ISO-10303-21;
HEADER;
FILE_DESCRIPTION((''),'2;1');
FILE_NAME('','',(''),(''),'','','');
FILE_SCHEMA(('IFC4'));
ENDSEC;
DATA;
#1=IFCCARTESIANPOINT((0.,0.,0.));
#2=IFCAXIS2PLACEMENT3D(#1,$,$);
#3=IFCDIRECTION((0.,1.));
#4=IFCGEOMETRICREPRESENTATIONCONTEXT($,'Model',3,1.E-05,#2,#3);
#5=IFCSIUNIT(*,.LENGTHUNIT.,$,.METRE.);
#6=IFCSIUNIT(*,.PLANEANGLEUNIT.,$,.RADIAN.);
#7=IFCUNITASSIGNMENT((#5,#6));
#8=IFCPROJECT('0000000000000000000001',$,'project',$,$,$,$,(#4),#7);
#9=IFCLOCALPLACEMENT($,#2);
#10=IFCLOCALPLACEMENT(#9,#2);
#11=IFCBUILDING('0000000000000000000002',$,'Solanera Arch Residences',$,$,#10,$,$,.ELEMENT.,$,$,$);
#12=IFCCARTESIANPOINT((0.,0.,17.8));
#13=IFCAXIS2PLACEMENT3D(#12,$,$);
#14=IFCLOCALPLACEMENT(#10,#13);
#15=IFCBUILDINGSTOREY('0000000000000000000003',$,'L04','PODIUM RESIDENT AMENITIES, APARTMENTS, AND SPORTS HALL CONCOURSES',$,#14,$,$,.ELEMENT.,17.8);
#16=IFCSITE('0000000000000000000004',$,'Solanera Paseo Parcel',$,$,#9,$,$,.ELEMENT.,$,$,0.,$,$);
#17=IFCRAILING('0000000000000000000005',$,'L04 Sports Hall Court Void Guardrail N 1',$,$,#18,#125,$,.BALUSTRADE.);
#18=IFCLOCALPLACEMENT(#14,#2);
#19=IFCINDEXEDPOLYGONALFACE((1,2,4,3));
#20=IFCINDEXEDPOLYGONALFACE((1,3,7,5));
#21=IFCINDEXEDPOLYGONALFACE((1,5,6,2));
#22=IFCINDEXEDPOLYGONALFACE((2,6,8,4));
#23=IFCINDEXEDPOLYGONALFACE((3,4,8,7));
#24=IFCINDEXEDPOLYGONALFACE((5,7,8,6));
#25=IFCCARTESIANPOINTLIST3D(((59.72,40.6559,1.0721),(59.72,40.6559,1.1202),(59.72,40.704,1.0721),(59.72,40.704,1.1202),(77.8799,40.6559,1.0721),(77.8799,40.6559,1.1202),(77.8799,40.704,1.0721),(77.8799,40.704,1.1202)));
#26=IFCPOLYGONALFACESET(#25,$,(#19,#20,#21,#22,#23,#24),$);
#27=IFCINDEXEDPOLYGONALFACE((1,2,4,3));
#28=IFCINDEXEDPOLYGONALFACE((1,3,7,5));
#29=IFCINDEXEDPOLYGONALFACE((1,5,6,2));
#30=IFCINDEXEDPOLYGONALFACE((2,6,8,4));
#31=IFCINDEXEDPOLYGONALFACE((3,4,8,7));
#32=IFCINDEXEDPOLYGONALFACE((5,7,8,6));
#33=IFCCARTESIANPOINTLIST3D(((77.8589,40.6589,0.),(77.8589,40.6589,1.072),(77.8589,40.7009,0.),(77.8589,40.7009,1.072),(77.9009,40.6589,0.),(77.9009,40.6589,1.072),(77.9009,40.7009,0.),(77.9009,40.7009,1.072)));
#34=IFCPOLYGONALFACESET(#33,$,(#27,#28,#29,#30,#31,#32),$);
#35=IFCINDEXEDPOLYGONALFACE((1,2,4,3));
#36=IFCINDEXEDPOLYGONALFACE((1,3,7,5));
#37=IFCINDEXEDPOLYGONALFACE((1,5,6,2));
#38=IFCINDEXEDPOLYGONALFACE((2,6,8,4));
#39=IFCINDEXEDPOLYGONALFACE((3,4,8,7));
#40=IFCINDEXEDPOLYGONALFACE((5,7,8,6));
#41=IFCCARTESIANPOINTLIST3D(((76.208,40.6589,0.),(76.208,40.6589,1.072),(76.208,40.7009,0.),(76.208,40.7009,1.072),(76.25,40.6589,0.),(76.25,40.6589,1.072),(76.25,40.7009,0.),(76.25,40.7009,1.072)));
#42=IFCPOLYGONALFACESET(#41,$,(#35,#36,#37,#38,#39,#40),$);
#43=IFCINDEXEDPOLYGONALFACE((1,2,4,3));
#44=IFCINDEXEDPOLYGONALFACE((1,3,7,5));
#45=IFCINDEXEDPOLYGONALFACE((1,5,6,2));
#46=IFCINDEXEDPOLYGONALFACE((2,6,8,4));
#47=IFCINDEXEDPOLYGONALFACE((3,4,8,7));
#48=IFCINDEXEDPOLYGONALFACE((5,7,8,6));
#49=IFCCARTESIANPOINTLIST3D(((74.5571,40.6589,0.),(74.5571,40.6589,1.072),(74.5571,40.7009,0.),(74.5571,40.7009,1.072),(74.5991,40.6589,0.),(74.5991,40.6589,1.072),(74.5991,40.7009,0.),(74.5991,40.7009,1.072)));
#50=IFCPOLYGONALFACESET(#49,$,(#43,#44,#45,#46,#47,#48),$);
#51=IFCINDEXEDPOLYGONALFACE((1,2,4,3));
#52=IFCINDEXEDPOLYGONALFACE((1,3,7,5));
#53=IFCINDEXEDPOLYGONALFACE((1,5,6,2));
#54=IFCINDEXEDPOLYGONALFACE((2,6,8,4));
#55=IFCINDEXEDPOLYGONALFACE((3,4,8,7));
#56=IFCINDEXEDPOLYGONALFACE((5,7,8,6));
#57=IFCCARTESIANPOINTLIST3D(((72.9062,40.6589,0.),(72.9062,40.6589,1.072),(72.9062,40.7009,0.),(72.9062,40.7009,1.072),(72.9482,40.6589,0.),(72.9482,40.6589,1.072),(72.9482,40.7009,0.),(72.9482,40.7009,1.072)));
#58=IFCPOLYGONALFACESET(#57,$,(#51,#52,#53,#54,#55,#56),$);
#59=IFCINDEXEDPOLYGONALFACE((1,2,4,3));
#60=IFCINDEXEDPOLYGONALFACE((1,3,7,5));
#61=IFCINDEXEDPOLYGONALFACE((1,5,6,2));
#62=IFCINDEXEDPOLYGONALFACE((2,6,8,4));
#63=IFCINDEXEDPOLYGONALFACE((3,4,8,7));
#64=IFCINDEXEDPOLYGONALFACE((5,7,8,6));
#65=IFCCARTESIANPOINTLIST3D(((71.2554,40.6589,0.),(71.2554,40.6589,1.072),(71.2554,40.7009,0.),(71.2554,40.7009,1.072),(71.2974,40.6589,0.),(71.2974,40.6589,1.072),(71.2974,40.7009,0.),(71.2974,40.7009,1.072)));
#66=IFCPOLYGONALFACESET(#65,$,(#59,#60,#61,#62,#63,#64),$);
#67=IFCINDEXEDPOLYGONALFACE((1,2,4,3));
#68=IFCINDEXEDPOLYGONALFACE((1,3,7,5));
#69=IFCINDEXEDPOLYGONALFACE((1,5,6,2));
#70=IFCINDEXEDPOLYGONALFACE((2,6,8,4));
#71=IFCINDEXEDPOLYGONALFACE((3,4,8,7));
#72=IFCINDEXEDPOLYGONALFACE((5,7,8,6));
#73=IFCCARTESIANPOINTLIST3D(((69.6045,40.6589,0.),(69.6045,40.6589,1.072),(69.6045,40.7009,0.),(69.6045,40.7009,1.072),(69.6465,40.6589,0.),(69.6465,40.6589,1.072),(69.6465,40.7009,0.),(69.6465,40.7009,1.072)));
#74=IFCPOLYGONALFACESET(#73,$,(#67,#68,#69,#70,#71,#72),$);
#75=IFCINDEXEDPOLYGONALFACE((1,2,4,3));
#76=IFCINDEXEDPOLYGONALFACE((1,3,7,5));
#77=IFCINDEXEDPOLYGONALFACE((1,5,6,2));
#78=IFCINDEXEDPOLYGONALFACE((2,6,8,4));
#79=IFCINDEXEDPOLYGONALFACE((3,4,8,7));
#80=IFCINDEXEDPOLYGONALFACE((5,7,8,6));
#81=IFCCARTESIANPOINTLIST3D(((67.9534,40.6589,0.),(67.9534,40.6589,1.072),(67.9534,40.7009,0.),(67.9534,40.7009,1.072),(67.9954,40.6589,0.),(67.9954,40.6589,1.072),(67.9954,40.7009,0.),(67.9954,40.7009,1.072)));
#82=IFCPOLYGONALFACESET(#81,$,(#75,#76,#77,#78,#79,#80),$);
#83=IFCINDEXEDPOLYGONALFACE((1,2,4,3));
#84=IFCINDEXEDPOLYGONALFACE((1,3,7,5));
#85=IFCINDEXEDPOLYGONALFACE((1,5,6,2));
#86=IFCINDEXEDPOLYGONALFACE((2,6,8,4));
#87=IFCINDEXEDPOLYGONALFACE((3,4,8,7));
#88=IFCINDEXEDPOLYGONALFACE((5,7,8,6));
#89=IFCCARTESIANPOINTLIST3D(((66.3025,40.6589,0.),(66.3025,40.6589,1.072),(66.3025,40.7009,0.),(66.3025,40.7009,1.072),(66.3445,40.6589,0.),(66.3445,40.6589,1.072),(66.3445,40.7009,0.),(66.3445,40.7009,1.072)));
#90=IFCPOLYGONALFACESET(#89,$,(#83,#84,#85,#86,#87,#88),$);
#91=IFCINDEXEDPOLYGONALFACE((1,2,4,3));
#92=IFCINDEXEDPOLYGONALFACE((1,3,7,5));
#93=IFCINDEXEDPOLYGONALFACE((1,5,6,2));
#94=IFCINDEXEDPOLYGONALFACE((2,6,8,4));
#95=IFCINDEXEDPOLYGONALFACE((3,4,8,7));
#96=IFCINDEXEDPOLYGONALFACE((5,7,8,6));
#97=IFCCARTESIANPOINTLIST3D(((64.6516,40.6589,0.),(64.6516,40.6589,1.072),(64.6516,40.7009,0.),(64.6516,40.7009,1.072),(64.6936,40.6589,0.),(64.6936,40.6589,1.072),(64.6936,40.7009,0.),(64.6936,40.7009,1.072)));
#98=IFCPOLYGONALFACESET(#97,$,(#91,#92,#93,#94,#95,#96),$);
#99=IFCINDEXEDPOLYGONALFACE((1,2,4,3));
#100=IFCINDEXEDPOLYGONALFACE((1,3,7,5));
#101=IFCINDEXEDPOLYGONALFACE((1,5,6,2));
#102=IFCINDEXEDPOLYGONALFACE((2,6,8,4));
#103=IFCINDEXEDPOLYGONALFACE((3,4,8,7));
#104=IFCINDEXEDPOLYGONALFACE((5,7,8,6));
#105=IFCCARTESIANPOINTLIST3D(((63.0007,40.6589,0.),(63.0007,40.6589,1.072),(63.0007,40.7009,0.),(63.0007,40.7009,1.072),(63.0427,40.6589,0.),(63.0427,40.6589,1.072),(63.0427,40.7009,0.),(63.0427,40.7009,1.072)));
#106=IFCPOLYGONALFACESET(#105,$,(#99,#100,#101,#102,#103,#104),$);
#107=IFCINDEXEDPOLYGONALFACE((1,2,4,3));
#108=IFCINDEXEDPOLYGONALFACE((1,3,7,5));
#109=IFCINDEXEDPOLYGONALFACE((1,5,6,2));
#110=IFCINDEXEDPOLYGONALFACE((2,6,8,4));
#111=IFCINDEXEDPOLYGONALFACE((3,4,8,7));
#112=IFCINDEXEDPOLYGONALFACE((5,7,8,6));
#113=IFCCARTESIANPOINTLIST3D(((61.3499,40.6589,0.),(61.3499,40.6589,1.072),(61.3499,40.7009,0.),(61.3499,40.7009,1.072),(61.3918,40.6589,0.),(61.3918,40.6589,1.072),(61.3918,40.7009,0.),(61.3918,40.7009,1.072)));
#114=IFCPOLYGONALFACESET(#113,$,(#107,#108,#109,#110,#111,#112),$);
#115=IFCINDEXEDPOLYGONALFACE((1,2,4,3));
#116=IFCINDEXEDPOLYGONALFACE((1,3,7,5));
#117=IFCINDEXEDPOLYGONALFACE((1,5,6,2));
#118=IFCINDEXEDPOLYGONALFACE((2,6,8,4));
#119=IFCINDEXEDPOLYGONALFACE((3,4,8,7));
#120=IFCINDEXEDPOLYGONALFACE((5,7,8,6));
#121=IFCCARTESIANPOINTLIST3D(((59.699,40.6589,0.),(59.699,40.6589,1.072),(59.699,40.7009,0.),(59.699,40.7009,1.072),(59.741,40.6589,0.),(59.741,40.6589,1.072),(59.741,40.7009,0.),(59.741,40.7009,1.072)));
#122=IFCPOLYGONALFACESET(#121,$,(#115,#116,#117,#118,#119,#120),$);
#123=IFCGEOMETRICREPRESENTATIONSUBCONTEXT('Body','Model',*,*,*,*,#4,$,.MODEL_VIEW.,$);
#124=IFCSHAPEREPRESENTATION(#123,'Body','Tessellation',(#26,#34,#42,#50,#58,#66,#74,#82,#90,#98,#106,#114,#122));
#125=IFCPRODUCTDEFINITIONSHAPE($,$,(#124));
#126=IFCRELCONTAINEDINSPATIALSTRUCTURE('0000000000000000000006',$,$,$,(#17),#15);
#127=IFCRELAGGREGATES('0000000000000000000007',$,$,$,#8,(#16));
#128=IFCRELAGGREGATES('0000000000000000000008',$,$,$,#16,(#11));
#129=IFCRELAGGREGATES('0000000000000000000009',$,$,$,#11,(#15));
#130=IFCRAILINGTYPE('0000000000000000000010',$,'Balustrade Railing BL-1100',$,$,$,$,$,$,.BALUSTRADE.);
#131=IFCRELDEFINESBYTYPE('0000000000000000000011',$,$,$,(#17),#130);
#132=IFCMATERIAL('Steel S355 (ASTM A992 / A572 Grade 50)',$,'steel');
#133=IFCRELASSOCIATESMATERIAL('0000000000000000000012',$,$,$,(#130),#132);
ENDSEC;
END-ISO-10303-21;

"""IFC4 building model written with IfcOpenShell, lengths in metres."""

from ifc_helpers import new_model, si_unit, direction, frame, origin, origin_2d, place, context, subcontext, project, spatial, rectangle, extrude, material, type_object, element, save


model = new_model("IFC4")

# Units and contexts
model_context = context("Model", 3, precision=1e-05, world=origin(), true_north=direction((0.0, 1.0)))
body_context = subcontext(model_context, "Body", "Model", "MODEL_VIEW")
ifc_project = project(units=[si_unit("LENGTHUNIT", "METRE"), si_unit("PLANEANGLEUNIT", "RADIAN")], contexts=[model_context])

# Site, building, storey
site_placement = place(None, origin())
site = spatial("IfcSite", under=ifc_project, at=site_placement, Name="Solanera Paseo Parcel", CompositionType="ELEMENT", RefElevation=0.0)
building_placement = place(site_placement, origin())
building = spatial("IfcBuilding", under=site, at=building_placement, Name="Solanera Arch Residences", CompositionType="ELEMENT")
storey_placement = place(building_placement, frame((0.0, 0.0, 17.8)))
storey = spatial("IfcBuildingStorey", under=building, at=storey_placement, Name="L04", Description="PODIUM RESIDENT AMENITIES, APARTMENTS, AND SPORTS HALL CONCOURSES", CompositionType="ELEMENT", Elevation=17.8)

# Railing
ifc_material_1 = material(Name="Steel S355 (ASTM A992 / A572 Grade 50)", Category="steel")
railing_type = type_object("IfcRailingType", Name="Balustrade Railing BL-1100", PredefinedType="BALUSTRADE", material=ifc_material_1)
railing_placement = place(storey_placement, frame((77.8799, 40.6799, 0.0)))
element("IfcRailing", 1, at=railing_placement, inside=storey, type_object=railing_type, Name="L04 Sports Hall Court Void Guardrail N 1", PredefinedType="BALUSTRADE", context=body_context, shape_type="SweptSolid", body=[
    extrude(rectangle(XDim=0.0481, YDim=0.0481, at=origin_2d()), frame((0.0, 0.0, 1.0962), z_axis=(-1.0, 0.0, 0.0), x_axis=(0.0, -1.0, 0.0)), (0.0, 0.0, 1.0), 18.1599),
    extrude(rectangle(XDim=0.042, YDim=0.042, at=origin_2d()), origin(), (0.0, 0.0, 1.0), 1.072),
    extrude(rectangle(XDim=0.042, YDim=0.042, at=origin_2d()), frame((-1.6509, 0.0, 0.0)), (0.0, 0.0, 1.0), 1.072),
    extrude(rectangle(XDim=0.042, YDim=0.042, at=origin_2d()), frame((-3.3018, 0.0, 0.0)), (0.0, 0.0, 1.0), 1.072),
    extrude(rectangle(XDim=0.042, YDim=0.042, at=origin_2d()), frame((-4.9526, 0.0, 0.0)), (0.0, 0.0, 1.0), 1.072),
    extrude(rectangle(XDim=0.042, YDim=0.042, at=origin_2d()), frame((-6.6035, 0.0, 0.0)), (0.0, 0.0, 1.0), 1.072),
    extrude(rectangle(XDim=0.042, YDim=0.042, at=origin_2d()), frame((-8.2544, 0.0, 0.0)), (0.0, 0.0, 1.0), 1.072),
    extrude(rectangle(XDim=0.042, YDim=0.042, at=origin_2d()), frame((-9.9055, 0.0, 0.0)), (0.0, 0.0, 1.0), 1.072),
    extrude(rectangle(XDim=0.042, YDim=0.042, at=origin_2d()), frame((-11.5564, 0.0, 0.0)), (0.0, 0.0, 1.0), 1.072),
    extrude(rectangle(XDim=0.042, YDim=0.042, at=origin_2d()), frame((-13.2073, 0.0, 0.0)), (0.0, 0.0, 1.0), 1.072),
    extrude(rectangle(XDim=0.042, YDim=0.042, at=origin_2d()), frame((-14.8582, 0.0, 0.0)), (0.0, 0.0, 1.0), 1.072),
    extrude(rectangle(XDim=0.042, YDim=0.042, at=origin_2d()), frame((-16.509, 0.0, 0.0)), (0.0, 0.0, 1.0), 1.072),
    extrude(rectangle(XDim=0.042, YDim=0.042, at=origin_2d()), frame((-18.1599, 0.0, 0.0)), (0.0, 0.0, 1.0), 1.072),
])

save(model, "model.ifc")
